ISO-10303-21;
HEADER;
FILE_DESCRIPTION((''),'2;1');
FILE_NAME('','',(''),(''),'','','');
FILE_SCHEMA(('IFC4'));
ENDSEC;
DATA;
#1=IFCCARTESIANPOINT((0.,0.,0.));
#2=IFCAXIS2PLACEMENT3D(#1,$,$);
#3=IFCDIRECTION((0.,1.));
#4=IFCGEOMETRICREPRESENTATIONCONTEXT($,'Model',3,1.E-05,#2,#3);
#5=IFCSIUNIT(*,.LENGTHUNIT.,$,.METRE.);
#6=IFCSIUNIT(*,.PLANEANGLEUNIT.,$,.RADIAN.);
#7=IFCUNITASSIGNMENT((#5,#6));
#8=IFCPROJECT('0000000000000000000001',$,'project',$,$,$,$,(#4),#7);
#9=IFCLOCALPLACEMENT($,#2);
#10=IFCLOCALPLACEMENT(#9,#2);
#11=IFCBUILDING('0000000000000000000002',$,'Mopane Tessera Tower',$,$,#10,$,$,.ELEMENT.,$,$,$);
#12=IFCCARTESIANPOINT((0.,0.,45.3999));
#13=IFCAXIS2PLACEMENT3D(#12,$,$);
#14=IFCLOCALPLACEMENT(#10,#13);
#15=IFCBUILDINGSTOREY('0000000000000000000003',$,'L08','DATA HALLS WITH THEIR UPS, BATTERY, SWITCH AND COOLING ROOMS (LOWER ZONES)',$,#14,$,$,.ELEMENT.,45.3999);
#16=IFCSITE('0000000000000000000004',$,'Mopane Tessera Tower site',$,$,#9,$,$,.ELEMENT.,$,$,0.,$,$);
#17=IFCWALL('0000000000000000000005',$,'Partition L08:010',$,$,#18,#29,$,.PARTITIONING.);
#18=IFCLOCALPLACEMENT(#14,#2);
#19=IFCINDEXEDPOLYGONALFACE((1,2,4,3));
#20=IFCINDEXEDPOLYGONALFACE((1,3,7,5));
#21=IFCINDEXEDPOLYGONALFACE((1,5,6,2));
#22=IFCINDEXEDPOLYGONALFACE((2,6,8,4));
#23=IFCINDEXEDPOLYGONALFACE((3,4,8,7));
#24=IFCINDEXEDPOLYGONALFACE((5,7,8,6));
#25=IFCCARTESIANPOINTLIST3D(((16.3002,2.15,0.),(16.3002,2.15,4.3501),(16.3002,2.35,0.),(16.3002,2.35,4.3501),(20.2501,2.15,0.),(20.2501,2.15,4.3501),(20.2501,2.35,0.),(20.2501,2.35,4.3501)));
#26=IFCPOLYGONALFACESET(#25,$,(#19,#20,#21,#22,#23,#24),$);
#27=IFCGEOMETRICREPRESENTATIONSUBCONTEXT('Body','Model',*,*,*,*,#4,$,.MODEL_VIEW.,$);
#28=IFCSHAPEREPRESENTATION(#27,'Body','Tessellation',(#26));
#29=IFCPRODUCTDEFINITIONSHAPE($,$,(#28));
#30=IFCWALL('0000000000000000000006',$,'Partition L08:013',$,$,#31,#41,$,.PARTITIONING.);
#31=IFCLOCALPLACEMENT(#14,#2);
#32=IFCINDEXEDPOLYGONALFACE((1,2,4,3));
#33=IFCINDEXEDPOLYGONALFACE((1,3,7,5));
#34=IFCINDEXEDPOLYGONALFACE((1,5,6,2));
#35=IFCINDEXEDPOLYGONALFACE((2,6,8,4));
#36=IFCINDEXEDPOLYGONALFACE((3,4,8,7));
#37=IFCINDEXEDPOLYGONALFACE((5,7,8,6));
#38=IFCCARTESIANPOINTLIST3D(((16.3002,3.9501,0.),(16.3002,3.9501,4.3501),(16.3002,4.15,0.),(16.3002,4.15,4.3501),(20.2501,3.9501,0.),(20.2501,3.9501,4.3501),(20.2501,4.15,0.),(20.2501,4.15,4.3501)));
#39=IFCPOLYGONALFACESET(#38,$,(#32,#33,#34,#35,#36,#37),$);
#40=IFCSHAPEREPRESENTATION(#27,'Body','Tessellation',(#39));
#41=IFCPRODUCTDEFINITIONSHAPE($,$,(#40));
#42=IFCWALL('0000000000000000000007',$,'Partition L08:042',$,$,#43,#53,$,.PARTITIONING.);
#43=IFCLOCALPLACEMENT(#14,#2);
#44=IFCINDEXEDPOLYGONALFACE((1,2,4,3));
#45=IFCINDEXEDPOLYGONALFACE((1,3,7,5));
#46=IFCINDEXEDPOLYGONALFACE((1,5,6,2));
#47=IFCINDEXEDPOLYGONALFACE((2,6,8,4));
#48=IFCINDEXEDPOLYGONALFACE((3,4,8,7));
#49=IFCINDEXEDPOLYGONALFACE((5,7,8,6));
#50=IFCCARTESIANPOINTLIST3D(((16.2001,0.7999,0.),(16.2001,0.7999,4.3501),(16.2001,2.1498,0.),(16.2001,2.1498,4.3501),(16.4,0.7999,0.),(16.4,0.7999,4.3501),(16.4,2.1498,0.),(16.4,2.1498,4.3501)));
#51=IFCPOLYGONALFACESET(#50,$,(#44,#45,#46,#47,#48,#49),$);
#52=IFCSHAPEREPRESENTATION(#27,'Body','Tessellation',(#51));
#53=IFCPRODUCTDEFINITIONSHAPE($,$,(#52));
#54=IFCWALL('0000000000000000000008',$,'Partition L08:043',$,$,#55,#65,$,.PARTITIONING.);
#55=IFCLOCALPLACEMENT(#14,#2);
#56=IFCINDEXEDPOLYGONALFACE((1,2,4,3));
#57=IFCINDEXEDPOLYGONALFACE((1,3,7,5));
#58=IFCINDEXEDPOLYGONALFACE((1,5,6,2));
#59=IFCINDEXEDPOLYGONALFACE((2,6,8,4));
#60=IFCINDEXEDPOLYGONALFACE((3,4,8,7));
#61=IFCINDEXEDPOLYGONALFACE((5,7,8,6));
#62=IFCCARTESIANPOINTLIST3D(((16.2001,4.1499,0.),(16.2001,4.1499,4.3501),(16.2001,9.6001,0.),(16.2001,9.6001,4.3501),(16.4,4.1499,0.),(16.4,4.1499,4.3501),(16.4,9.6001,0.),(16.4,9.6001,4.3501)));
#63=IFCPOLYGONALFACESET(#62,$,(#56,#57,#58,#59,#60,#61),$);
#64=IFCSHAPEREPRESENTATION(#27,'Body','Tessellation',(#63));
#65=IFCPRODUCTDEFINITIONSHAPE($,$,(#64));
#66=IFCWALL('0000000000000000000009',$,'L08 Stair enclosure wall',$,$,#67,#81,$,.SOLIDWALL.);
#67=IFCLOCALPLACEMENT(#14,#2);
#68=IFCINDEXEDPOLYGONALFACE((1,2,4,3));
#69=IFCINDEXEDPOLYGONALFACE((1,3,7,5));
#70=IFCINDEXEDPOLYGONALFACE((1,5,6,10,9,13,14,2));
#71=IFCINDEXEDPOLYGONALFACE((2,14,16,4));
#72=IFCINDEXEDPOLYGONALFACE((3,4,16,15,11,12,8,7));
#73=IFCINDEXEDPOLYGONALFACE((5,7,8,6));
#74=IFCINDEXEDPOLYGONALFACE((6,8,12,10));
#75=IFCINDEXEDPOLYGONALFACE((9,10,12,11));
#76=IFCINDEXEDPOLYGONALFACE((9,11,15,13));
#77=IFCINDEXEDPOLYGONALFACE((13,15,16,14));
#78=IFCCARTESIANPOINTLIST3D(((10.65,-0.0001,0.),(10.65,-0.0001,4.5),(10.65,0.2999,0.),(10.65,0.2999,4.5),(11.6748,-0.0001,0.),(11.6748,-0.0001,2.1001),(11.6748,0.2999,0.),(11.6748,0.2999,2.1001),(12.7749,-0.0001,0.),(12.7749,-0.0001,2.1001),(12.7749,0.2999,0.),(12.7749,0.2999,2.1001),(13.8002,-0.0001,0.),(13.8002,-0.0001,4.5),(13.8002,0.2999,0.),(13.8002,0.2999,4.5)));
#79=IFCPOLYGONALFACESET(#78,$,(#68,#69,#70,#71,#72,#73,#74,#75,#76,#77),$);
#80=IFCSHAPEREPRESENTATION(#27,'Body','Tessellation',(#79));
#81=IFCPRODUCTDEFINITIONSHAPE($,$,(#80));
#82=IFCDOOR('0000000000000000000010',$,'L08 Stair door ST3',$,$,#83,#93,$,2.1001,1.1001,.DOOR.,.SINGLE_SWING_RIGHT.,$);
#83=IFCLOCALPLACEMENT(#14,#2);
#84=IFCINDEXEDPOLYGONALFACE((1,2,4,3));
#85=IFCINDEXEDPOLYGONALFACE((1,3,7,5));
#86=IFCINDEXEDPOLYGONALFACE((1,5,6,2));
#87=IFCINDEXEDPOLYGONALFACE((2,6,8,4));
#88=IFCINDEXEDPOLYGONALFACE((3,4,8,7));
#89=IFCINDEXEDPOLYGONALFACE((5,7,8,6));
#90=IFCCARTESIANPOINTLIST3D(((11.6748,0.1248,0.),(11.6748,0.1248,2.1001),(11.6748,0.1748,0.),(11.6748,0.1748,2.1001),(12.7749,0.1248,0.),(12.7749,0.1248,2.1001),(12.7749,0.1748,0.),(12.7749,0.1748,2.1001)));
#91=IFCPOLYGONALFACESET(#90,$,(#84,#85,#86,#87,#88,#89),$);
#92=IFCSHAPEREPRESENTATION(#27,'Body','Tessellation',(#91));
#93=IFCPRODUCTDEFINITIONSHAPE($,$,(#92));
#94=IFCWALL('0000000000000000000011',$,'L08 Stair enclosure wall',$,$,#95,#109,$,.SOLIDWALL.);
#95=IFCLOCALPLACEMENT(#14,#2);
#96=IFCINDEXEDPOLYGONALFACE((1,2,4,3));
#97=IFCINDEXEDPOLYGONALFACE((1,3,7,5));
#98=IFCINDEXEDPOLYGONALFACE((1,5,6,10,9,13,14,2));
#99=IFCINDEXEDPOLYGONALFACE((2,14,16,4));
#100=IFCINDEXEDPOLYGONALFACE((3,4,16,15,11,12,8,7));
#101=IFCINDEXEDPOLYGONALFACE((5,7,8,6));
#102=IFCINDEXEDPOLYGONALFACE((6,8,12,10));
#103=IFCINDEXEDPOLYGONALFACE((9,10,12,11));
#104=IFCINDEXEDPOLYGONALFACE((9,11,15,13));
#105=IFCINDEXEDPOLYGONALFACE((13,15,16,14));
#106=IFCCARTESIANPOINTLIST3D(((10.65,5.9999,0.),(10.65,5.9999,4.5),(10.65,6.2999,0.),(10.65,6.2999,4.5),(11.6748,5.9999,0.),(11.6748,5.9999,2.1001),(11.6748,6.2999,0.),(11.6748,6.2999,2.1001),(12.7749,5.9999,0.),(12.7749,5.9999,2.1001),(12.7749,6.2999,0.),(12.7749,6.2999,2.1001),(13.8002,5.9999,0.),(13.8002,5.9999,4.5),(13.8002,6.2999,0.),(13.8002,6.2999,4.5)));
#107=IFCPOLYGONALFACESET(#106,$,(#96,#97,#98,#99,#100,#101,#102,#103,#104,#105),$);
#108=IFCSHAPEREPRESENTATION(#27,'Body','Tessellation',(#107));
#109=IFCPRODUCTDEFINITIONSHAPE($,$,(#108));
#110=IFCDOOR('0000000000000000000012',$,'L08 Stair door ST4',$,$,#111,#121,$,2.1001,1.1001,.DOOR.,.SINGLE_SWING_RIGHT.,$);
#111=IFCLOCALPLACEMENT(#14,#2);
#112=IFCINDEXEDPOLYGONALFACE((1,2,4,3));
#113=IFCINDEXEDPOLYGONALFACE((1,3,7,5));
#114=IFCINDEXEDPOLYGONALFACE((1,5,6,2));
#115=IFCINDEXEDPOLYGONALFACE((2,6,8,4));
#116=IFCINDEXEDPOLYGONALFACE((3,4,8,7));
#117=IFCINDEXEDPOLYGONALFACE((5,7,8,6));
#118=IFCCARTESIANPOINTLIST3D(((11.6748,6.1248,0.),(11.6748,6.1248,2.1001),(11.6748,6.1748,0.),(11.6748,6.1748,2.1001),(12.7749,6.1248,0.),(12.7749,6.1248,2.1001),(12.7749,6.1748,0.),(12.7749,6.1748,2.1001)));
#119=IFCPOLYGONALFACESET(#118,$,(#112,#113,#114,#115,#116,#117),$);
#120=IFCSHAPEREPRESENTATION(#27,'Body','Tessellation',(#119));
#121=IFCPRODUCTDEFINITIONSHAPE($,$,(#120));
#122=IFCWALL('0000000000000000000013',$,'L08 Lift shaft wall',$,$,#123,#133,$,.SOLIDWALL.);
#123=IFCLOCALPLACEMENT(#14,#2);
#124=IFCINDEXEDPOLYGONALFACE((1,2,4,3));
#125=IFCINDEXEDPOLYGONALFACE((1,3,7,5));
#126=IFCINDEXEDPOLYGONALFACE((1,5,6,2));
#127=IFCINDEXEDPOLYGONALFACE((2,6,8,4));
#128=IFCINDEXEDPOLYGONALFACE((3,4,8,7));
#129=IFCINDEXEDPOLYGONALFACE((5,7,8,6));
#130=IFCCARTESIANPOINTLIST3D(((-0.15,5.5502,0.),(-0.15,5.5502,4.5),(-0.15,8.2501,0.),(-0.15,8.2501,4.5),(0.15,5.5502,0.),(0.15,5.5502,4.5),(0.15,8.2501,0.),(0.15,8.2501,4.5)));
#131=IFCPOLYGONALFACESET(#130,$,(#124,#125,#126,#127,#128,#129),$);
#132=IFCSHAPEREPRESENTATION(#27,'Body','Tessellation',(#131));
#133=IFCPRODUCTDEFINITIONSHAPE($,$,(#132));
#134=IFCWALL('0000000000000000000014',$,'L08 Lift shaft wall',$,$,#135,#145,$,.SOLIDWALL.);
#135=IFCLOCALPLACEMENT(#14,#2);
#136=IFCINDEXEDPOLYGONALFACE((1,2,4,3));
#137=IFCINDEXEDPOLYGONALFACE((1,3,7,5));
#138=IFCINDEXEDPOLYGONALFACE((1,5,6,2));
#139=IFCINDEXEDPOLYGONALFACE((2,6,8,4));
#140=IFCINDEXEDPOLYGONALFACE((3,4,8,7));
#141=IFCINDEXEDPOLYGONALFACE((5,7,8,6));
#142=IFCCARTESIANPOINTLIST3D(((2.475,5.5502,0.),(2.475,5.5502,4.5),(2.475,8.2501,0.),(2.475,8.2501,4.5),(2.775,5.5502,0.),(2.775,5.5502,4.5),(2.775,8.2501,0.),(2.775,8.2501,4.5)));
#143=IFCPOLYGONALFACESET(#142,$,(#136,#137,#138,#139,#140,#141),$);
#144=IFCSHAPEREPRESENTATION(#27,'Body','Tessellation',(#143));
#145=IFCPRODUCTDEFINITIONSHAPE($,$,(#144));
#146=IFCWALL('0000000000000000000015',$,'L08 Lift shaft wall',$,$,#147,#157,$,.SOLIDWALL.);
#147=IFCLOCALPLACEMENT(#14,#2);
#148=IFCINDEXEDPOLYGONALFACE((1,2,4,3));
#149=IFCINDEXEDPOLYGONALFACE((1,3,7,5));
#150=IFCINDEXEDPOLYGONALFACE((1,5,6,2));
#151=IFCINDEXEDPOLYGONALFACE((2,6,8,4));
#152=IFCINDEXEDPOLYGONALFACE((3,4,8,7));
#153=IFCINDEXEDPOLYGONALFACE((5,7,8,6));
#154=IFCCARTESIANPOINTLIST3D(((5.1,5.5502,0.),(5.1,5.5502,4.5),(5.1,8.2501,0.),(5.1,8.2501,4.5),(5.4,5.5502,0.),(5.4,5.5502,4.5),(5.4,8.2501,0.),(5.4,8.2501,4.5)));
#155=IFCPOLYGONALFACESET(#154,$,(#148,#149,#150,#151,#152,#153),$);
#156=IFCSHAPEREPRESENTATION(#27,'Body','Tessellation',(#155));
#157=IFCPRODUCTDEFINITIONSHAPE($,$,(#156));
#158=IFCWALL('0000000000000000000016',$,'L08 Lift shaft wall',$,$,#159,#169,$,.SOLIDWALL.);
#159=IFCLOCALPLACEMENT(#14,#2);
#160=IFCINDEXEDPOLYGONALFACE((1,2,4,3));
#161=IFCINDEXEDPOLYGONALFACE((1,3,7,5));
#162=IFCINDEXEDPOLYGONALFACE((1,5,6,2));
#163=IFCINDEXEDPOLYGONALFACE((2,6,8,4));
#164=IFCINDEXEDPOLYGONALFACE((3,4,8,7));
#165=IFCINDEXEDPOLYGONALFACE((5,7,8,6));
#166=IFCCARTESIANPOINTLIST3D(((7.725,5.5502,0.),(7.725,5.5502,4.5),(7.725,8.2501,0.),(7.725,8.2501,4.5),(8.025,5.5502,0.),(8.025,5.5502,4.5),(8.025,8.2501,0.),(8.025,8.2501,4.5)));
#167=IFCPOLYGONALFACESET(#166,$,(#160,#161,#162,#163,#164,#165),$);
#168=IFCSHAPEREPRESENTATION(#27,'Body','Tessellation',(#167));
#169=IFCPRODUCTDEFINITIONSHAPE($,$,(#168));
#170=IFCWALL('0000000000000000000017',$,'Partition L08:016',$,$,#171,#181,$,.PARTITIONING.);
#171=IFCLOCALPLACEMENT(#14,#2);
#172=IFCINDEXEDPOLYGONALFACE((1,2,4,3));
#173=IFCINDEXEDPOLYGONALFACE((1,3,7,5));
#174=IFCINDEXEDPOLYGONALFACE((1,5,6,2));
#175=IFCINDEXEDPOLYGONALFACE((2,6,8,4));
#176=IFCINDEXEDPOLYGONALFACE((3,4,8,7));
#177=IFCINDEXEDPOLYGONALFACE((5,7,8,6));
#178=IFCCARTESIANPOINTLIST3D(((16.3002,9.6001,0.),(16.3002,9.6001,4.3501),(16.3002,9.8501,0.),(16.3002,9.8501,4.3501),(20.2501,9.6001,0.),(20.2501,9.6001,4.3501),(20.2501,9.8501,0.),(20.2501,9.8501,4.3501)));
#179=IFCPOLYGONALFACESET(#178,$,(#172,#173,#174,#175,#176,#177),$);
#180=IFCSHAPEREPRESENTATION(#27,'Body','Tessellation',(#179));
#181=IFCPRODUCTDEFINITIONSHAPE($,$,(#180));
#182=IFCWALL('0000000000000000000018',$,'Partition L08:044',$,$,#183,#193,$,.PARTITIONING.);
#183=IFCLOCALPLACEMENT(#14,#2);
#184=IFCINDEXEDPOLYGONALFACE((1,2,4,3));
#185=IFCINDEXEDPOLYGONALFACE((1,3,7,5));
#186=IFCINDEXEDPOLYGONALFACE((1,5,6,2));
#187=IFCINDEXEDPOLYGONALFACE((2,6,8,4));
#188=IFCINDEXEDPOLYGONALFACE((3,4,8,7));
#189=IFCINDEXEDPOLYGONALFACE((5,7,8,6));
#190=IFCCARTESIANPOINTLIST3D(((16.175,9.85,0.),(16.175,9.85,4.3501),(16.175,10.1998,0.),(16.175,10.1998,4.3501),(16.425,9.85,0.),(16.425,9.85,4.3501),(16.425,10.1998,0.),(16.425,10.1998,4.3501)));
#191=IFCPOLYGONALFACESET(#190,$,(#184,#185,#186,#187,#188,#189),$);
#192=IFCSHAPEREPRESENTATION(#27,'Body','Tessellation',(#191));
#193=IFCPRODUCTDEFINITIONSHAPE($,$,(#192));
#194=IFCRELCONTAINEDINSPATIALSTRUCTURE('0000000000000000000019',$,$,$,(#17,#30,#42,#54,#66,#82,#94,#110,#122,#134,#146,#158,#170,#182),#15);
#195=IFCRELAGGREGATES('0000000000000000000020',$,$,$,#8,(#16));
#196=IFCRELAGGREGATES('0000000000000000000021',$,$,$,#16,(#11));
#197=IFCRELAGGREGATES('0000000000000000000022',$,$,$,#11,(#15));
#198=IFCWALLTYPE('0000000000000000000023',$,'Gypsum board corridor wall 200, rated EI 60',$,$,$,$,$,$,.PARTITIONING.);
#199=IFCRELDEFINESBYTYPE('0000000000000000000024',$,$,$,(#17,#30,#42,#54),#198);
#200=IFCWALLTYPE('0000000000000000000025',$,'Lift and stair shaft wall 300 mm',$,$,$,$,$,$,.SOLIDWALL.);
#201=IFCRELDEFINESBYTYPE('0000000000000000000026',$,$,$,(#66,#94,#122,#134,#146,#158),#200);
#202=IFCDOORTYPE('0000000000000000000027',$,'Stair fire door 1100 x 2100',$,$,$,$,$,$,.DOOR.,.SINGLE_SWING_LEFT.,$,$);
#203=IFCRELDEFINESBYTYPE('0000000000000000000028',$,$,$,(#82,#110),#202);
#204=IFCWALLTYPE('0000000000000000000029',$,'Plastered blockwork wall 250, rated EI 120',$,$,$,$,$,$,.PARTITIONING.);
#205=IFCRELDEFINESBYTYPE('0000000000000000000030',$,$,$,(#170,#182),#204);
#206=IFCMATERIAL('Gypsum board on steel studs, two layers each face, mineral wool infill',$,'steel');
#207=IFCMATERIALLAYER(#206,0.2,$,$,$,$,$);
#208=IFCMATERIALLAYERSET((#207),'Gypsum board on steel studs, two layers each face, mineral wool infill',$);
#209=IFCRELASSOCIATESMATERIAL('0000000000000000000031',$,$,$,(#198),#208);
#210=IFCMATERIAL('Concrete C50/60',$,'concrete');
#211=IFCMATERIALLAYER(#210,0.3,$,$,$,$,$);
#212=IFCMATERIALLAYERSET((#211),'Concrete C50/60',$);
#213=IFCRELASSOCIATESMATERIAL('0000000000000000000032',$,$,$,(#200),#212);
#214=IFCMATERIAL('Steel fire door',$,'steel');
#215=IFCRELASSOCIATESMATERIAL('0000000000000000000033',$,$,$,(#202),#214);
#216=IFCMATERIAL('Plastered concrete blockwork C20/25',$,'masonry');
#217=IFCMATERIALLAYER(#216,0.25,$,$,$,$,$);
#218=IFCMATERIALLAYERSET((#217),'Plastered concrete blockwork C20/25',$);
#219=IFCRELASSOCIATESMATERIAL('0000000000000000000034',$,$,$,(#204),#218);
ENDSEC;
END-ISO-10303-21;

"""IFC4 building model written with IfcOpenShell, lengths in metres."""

from ifc_helpers import new_model, si_unit, direction, frame, frame_2d, origin, place, context, subcontext, project, spatial, rectangle, extrude, material, layer, layer_set, type_object, element, fill, save


model = new_model("IFC4")

# Units and contexts
model_context = context("Model", 3, precision=1e-05, world=origin(), true_north=direction((0.0, 1.0)))
body_context = subcontext(model_context, "Body", "Model", "MODEL_VIEW")
ifc_project = project(units=[si_unit("LENGTHUNIT", "METRE"), si_unit("PLANEANGLEUNIT", "RADIAN")], contexts=[model_context])

# Site, building, storey
site_placement = place(None, origin())
site = spatial("IfcSite", under=ifc_project, at=site_placement, Name="Mopane Tessera Tower site", CompositionType="ELEMENT", RefElevation=0.0)
building_placement = place(site_placement, origin())
building = spatial("IfcBuilding", under=site, at=building_placement, Name="Mopane Tessera Tower", CompositionType="ELEMENT")
storey_placement = place(building_placement, frame((0.0, 0.0, 45.3999)))
storey = spatial("IfcBuildingStorey", under=building, at=storey_placement, Name="L08", Description="DATA HALLS WITH THEIR UPS, BATTERY, SWITCH AND COOLING ROOMS (LOWER ZONES)", CompositionType="ELEMENT", Elevation=45.3999)

# Walls
ifc_material_1 = material(Name="Gypsum board on steel studs, two layers each face, mineral wool infill", Category="steel")
ifc_layer_1 = layer(ifc_material_1, 0.2)
ifc_layer_set_1 = layer_set([ifc_layer_1], Name="Gypsum board on steel studs, two layers each face, mineral wool infill")
wall_type_1 = type_object("IfcWallType", Name="Gypsum board corridor wall 200, rated EI 60", PredefinedType="PARTITIONING", material=ifc_layer_set_1)
for number, where, z_axis, x_axis, name in (
    (1, (16.3, 2.25, 0.0), (0.0, 0.0, 1.0), (1.0, 0.0, 0.0), "Partition L08:010"),
    (2, (16.3, 4.05, 0.0), (0.0, 0.0, 1.0), (1.0, 0.0, 0.0), "Partition L08:013"),
):
    element("IfcWall", number, at=place(storey_placement, frame(where, z_axis=z_axis, x_axis=x_axis)), inside=storey, type_object=wall_type_1, Name=name, PredefinedType="PARTITIONING", context=body_context, shape_type="SweptSolid", body=[
        extrude(rectangle(XDim=3.95, YDim=0.2, at=frame_2d((1.9751, 0.0))), origin(), (0.0, 0.0, 1.0), 4.3501),
    ])
wall_1_placement = place(storey_placement, frame((16.3, 0.8, 0.0), z_axis=(0.0, 0.0, 1.0), x_axis=(0.0, 1.0, 0.0)))
element("IfcWall", 3, at=wall_1_placement, inside=storey, type_object=wall_type_1, Name="Partition L08:042", PredefinedType="PARTITIONING", context=body_context, shape_type="SweptSolid", body=[
    extrude(rectangle(XDim=1.3499, YDim=0.2, at=frame_2d((0.6748, 0.0))), origin(), (0.0, 0.0, 1.0), 4.3501),
])
wall_2_placement = place(storey_placement, frame((16.3, 4.1499, 0.0), z_axis=(0.0, 0.0, 1.0), x_axis=(0.0, 1.0, 0.0)))
element("IfcWall", 4, at=wall_2_placement, inside=storey, type_object=wall_type_1, Name="Partition L08:043", PredefinedType="PARTITIONING", context=body_context, shape_type="SweptSolid", body=[
    extrude(rectangle(XDim=5.4502, YDim=0.2, at=frame_2d((2.7251, 0.0))), origin(), (0.0, 0.0, 1.0), 4.3501),
])

# Walls, openings, doors
ifc_material_2 = material(Name="Concrete C50/60", Category="concrete")
ifc_layer_2 = layer(ifc_material_2, 0.3)
ifc_layer_set_2 = layer_set([ifc_layer_2], Name="Concrete C50/60")
wall_type_2 = type_object("IfcWallType", Name="Lift and stair shaft wall 300 mm", PredefinedType="SOLIDWALL", material=ifc_layer_set_2)
wall_3_placement = place(storey_placement, frame((10.6499, 0.1499, 0.0), z_axis=(0.0, 0.0, 1.0), x_axis=(1.0, 0.0, 0.0)))
wall_3 = element("IfcWall", 5, at=wall_3_placement, inside=storey, type_object=wall_type_2, Name="L08 Stair enclosure wall", PredefinedType="SOLIDWALL", context=body_context, shape_type="SweptSolid", body=[
    extrude(rectangle(XDim=3.1501, YDim=0.3, at=frame_2d((1.5752, 0.0))), origin(), (0.0, 0.0, 1.0), 4.5),
])
opening_1_placement = place(wall_3_placement, frame((1.0249, 0.0, 0.0)))
opening_1 = element("IfcOpeningElement", 6, at=opening_1_placement, cuts=wall_3, PredefinedType="OPENING", context=body_context, shape_type="SweptSolid", body=[
    extrude(rectangle(XDim=1.1001, YDim=2.1001, at=frame_2d((0.55, 1.05))), frame((0.0, 0.1621, 0.0), z_axis=(0.0, -1.0, 0.0), x_axis=(1.0, 0.0, 0.0)), (0.0, 0.0, 1.0), 0.324),
])
ifc_material_3 = material(Name="Steel fire door", Category="steel")
door_type = type_object("IfcDoorType", Name="Stair fire door 1100 x 2100", OperationType="SINGLE_SWING_LEFT", PredefinedType="DOOR", material=ifc_material_3)
door_1_placement = place(opening_1_placement, origin())
door_1 = element("IfcDoor", 7, at=door_1_placement, inside=storey, type_object=door_type, Name="L08 Stair door ST3", OperationType="SINGLE_SWING_RIGHT", OverallHeight=2.1001, OverallWidth=1.1001, PredefinedType="DOOR", context=body_context, shape_type="SweptSolid", body=[
    extrude(rectangle(XDim=1.1001, YDim=2.1001, at=frame_2d((0.55, 1.05))), frame((0.0, 0.0249, 0.0), z_axis=(0.0, -1.0, 0.0), x_axis=(1.0, 0.0, 0.0)), (0.0, 0.0, 1.0), 0.05),
])
fill(opening_1, door_1)
wall_4_placement = place(storey_placement, frame((10.6499, 6.1499, 0.0), z_axis=(0.0, 0.0, 1.0), x_axis=(1.0, 0.0, 0.0)))
wall_4 = element("IfcWall", 8, at=wall_4_placement, inside=storey, type_object=wall_type_2, Name="L08 Stair enclosure wall", PredefinedType="SOLIDWALL", context=body_context, shape_type="SweptSolid", body=[
    extrude(rectangle(XDim=3.1501, YDim=0.3, at=frame_2d((1.5752, 0.0))), origin(), (0.0, 0.0, 1.0), 4.5),
])
opening_2_placement = place(wall_4_placement, frame((1.0249, 0.0, 0.0)))
opening_2 = element("IfcOpeningElement", 9, at=opening_2_placement, cuts=wall_4, PredefinedType="OPENING", context=body_context, shape_type="SweptSolid", body=[
    extrude(rectangle(XDim=1.1001, YDim=2.1001, at=frame_2d((0.55, 1.05))), frame((0.0, 0.1621, 0.0), z_axis=(0.0, -1.0, 0.0), x_axis=(1.0, 0.0, 0.0)), (0.0, 0.0, 1.0), 0.324),
])
door_2_placement = place(opening_2_placement, origin())
door_2 = element("IfcDoor", 10, at=door_2_placement, inside=storey, type_object=door_type, Name="L08 Stair door ST4", OperationType="SINGLE_SWING_RIGHT", OverallHeight=2.1001, OverallWidth=1.1001, PredefinedType="DOOR", context=body_context, shape_type="SweptSolid", body=[
    extrude(rectangle(XDim=1.1001, YDim=2.1001, at=frame_2d((0.55, 1.05))), frame((0.0, 0.0249, 0.0), z_axis=(0.0, -1.0, 0.0), x_axis=(1.0, 0.0, 0.0)), (0.0, 0.0, 1.0), 0.05),
])
fill(opening_2, door_2)

# Walls
for number, where, z_axis, x_axis, name in (
    (11, (0.0, 5.55, 0.0), (0.0, 0.0, 1.0), (0.0, 1.0, 0.0), "L08 Lift shaft wall"),
    (12, (2.625, 5.55, 0.0), (0.0, 0.0, 1.0), (0.0, 1.0, 0.0), "L08 Lift shaft wall"),
    (13, (5.25, 5.55, 0.0), (0.0, 0.0, 1.0), (0.0, 1.0, 0.0), "L08 Lift shaft wall"),
    (14, (7.875, 5.55, 0.0), (0.0, 0.0, 1.0), (0.0, 1.0, 0.0), "L08 Lift shaft wall"),
):
    element("IfcWall", number, at=place(storey_placement, frame(where, z_axis=z_axis, x_axis=x_axis)), inside=storey, type_object=wall_type_2, Name=name, PredefinedType="SOLIDWALL", context=body_context, shape_type="SweptSolid", body=[
        extrude(rectangle(XDim=2.7, YDim=0.3, at=frame_2d((1.3501, 0.0))), origin(), (0.0, 0.0, 1.0), 4.5),
    ])
ifc_material_4 = material(Name="Plastered concrete blockwork C20/25", Category="masonry")
ifc_layer_3 = layer(ifc_material_4, 0.25)
ifc_layer_set_3 = layer_set([ifc_layer_3], Name="Plastered concrete blockwork C20/25")
wall_type_3 = type_object("IfcWallType", Name="Plastered blockwork wall 250, rated EI 120", PredefinedType="PARTITIONING", material=ifc_layer_set_3)
wall_5_placement = place(storey_placement, frame((16.3, 9.7251, 0.0), z_axis=(0.0, 0.0, 1.0), x_axis=(1.0, 0.0, 0.0)))
element("IfcWall", 15, at=wall_5_placement, inside=storey, type_object=wall_type_3, Name="Partition L08:016", PredefinedType="PARTITIONING", context=body_context, shape_type="SweptSolid", body=[
    extrude(rectangle(XDim=3.95, YDim=0.25, at=frame_2d((1.9751, 0.0))), origin(), (0.0, 0.0, 1.0), 4.3501),
])
wall_6_placement = place(storey_placement, frame((16.3, 9.8501, 0.0), z_axis=(0.0, 0.0, 1.0), x_axis=(0.0, 1.0, 0.0)))
element("IfcWall", 16, at=wall_6_placement, inside=storey, type_object=wall_type_3, Name="Partition L08:044", PredefinedType="PARTITIONING", context=body_context, shape_type="SweptSolid", body=[
    extrude(rectangle(XDim=0.3499, YDim=0.25, at=frame_2d((0.1748, 0.0))), origin(), (0.0, 0.0, 1.0), 4.3501),
])

save(model, "model.ifc")
